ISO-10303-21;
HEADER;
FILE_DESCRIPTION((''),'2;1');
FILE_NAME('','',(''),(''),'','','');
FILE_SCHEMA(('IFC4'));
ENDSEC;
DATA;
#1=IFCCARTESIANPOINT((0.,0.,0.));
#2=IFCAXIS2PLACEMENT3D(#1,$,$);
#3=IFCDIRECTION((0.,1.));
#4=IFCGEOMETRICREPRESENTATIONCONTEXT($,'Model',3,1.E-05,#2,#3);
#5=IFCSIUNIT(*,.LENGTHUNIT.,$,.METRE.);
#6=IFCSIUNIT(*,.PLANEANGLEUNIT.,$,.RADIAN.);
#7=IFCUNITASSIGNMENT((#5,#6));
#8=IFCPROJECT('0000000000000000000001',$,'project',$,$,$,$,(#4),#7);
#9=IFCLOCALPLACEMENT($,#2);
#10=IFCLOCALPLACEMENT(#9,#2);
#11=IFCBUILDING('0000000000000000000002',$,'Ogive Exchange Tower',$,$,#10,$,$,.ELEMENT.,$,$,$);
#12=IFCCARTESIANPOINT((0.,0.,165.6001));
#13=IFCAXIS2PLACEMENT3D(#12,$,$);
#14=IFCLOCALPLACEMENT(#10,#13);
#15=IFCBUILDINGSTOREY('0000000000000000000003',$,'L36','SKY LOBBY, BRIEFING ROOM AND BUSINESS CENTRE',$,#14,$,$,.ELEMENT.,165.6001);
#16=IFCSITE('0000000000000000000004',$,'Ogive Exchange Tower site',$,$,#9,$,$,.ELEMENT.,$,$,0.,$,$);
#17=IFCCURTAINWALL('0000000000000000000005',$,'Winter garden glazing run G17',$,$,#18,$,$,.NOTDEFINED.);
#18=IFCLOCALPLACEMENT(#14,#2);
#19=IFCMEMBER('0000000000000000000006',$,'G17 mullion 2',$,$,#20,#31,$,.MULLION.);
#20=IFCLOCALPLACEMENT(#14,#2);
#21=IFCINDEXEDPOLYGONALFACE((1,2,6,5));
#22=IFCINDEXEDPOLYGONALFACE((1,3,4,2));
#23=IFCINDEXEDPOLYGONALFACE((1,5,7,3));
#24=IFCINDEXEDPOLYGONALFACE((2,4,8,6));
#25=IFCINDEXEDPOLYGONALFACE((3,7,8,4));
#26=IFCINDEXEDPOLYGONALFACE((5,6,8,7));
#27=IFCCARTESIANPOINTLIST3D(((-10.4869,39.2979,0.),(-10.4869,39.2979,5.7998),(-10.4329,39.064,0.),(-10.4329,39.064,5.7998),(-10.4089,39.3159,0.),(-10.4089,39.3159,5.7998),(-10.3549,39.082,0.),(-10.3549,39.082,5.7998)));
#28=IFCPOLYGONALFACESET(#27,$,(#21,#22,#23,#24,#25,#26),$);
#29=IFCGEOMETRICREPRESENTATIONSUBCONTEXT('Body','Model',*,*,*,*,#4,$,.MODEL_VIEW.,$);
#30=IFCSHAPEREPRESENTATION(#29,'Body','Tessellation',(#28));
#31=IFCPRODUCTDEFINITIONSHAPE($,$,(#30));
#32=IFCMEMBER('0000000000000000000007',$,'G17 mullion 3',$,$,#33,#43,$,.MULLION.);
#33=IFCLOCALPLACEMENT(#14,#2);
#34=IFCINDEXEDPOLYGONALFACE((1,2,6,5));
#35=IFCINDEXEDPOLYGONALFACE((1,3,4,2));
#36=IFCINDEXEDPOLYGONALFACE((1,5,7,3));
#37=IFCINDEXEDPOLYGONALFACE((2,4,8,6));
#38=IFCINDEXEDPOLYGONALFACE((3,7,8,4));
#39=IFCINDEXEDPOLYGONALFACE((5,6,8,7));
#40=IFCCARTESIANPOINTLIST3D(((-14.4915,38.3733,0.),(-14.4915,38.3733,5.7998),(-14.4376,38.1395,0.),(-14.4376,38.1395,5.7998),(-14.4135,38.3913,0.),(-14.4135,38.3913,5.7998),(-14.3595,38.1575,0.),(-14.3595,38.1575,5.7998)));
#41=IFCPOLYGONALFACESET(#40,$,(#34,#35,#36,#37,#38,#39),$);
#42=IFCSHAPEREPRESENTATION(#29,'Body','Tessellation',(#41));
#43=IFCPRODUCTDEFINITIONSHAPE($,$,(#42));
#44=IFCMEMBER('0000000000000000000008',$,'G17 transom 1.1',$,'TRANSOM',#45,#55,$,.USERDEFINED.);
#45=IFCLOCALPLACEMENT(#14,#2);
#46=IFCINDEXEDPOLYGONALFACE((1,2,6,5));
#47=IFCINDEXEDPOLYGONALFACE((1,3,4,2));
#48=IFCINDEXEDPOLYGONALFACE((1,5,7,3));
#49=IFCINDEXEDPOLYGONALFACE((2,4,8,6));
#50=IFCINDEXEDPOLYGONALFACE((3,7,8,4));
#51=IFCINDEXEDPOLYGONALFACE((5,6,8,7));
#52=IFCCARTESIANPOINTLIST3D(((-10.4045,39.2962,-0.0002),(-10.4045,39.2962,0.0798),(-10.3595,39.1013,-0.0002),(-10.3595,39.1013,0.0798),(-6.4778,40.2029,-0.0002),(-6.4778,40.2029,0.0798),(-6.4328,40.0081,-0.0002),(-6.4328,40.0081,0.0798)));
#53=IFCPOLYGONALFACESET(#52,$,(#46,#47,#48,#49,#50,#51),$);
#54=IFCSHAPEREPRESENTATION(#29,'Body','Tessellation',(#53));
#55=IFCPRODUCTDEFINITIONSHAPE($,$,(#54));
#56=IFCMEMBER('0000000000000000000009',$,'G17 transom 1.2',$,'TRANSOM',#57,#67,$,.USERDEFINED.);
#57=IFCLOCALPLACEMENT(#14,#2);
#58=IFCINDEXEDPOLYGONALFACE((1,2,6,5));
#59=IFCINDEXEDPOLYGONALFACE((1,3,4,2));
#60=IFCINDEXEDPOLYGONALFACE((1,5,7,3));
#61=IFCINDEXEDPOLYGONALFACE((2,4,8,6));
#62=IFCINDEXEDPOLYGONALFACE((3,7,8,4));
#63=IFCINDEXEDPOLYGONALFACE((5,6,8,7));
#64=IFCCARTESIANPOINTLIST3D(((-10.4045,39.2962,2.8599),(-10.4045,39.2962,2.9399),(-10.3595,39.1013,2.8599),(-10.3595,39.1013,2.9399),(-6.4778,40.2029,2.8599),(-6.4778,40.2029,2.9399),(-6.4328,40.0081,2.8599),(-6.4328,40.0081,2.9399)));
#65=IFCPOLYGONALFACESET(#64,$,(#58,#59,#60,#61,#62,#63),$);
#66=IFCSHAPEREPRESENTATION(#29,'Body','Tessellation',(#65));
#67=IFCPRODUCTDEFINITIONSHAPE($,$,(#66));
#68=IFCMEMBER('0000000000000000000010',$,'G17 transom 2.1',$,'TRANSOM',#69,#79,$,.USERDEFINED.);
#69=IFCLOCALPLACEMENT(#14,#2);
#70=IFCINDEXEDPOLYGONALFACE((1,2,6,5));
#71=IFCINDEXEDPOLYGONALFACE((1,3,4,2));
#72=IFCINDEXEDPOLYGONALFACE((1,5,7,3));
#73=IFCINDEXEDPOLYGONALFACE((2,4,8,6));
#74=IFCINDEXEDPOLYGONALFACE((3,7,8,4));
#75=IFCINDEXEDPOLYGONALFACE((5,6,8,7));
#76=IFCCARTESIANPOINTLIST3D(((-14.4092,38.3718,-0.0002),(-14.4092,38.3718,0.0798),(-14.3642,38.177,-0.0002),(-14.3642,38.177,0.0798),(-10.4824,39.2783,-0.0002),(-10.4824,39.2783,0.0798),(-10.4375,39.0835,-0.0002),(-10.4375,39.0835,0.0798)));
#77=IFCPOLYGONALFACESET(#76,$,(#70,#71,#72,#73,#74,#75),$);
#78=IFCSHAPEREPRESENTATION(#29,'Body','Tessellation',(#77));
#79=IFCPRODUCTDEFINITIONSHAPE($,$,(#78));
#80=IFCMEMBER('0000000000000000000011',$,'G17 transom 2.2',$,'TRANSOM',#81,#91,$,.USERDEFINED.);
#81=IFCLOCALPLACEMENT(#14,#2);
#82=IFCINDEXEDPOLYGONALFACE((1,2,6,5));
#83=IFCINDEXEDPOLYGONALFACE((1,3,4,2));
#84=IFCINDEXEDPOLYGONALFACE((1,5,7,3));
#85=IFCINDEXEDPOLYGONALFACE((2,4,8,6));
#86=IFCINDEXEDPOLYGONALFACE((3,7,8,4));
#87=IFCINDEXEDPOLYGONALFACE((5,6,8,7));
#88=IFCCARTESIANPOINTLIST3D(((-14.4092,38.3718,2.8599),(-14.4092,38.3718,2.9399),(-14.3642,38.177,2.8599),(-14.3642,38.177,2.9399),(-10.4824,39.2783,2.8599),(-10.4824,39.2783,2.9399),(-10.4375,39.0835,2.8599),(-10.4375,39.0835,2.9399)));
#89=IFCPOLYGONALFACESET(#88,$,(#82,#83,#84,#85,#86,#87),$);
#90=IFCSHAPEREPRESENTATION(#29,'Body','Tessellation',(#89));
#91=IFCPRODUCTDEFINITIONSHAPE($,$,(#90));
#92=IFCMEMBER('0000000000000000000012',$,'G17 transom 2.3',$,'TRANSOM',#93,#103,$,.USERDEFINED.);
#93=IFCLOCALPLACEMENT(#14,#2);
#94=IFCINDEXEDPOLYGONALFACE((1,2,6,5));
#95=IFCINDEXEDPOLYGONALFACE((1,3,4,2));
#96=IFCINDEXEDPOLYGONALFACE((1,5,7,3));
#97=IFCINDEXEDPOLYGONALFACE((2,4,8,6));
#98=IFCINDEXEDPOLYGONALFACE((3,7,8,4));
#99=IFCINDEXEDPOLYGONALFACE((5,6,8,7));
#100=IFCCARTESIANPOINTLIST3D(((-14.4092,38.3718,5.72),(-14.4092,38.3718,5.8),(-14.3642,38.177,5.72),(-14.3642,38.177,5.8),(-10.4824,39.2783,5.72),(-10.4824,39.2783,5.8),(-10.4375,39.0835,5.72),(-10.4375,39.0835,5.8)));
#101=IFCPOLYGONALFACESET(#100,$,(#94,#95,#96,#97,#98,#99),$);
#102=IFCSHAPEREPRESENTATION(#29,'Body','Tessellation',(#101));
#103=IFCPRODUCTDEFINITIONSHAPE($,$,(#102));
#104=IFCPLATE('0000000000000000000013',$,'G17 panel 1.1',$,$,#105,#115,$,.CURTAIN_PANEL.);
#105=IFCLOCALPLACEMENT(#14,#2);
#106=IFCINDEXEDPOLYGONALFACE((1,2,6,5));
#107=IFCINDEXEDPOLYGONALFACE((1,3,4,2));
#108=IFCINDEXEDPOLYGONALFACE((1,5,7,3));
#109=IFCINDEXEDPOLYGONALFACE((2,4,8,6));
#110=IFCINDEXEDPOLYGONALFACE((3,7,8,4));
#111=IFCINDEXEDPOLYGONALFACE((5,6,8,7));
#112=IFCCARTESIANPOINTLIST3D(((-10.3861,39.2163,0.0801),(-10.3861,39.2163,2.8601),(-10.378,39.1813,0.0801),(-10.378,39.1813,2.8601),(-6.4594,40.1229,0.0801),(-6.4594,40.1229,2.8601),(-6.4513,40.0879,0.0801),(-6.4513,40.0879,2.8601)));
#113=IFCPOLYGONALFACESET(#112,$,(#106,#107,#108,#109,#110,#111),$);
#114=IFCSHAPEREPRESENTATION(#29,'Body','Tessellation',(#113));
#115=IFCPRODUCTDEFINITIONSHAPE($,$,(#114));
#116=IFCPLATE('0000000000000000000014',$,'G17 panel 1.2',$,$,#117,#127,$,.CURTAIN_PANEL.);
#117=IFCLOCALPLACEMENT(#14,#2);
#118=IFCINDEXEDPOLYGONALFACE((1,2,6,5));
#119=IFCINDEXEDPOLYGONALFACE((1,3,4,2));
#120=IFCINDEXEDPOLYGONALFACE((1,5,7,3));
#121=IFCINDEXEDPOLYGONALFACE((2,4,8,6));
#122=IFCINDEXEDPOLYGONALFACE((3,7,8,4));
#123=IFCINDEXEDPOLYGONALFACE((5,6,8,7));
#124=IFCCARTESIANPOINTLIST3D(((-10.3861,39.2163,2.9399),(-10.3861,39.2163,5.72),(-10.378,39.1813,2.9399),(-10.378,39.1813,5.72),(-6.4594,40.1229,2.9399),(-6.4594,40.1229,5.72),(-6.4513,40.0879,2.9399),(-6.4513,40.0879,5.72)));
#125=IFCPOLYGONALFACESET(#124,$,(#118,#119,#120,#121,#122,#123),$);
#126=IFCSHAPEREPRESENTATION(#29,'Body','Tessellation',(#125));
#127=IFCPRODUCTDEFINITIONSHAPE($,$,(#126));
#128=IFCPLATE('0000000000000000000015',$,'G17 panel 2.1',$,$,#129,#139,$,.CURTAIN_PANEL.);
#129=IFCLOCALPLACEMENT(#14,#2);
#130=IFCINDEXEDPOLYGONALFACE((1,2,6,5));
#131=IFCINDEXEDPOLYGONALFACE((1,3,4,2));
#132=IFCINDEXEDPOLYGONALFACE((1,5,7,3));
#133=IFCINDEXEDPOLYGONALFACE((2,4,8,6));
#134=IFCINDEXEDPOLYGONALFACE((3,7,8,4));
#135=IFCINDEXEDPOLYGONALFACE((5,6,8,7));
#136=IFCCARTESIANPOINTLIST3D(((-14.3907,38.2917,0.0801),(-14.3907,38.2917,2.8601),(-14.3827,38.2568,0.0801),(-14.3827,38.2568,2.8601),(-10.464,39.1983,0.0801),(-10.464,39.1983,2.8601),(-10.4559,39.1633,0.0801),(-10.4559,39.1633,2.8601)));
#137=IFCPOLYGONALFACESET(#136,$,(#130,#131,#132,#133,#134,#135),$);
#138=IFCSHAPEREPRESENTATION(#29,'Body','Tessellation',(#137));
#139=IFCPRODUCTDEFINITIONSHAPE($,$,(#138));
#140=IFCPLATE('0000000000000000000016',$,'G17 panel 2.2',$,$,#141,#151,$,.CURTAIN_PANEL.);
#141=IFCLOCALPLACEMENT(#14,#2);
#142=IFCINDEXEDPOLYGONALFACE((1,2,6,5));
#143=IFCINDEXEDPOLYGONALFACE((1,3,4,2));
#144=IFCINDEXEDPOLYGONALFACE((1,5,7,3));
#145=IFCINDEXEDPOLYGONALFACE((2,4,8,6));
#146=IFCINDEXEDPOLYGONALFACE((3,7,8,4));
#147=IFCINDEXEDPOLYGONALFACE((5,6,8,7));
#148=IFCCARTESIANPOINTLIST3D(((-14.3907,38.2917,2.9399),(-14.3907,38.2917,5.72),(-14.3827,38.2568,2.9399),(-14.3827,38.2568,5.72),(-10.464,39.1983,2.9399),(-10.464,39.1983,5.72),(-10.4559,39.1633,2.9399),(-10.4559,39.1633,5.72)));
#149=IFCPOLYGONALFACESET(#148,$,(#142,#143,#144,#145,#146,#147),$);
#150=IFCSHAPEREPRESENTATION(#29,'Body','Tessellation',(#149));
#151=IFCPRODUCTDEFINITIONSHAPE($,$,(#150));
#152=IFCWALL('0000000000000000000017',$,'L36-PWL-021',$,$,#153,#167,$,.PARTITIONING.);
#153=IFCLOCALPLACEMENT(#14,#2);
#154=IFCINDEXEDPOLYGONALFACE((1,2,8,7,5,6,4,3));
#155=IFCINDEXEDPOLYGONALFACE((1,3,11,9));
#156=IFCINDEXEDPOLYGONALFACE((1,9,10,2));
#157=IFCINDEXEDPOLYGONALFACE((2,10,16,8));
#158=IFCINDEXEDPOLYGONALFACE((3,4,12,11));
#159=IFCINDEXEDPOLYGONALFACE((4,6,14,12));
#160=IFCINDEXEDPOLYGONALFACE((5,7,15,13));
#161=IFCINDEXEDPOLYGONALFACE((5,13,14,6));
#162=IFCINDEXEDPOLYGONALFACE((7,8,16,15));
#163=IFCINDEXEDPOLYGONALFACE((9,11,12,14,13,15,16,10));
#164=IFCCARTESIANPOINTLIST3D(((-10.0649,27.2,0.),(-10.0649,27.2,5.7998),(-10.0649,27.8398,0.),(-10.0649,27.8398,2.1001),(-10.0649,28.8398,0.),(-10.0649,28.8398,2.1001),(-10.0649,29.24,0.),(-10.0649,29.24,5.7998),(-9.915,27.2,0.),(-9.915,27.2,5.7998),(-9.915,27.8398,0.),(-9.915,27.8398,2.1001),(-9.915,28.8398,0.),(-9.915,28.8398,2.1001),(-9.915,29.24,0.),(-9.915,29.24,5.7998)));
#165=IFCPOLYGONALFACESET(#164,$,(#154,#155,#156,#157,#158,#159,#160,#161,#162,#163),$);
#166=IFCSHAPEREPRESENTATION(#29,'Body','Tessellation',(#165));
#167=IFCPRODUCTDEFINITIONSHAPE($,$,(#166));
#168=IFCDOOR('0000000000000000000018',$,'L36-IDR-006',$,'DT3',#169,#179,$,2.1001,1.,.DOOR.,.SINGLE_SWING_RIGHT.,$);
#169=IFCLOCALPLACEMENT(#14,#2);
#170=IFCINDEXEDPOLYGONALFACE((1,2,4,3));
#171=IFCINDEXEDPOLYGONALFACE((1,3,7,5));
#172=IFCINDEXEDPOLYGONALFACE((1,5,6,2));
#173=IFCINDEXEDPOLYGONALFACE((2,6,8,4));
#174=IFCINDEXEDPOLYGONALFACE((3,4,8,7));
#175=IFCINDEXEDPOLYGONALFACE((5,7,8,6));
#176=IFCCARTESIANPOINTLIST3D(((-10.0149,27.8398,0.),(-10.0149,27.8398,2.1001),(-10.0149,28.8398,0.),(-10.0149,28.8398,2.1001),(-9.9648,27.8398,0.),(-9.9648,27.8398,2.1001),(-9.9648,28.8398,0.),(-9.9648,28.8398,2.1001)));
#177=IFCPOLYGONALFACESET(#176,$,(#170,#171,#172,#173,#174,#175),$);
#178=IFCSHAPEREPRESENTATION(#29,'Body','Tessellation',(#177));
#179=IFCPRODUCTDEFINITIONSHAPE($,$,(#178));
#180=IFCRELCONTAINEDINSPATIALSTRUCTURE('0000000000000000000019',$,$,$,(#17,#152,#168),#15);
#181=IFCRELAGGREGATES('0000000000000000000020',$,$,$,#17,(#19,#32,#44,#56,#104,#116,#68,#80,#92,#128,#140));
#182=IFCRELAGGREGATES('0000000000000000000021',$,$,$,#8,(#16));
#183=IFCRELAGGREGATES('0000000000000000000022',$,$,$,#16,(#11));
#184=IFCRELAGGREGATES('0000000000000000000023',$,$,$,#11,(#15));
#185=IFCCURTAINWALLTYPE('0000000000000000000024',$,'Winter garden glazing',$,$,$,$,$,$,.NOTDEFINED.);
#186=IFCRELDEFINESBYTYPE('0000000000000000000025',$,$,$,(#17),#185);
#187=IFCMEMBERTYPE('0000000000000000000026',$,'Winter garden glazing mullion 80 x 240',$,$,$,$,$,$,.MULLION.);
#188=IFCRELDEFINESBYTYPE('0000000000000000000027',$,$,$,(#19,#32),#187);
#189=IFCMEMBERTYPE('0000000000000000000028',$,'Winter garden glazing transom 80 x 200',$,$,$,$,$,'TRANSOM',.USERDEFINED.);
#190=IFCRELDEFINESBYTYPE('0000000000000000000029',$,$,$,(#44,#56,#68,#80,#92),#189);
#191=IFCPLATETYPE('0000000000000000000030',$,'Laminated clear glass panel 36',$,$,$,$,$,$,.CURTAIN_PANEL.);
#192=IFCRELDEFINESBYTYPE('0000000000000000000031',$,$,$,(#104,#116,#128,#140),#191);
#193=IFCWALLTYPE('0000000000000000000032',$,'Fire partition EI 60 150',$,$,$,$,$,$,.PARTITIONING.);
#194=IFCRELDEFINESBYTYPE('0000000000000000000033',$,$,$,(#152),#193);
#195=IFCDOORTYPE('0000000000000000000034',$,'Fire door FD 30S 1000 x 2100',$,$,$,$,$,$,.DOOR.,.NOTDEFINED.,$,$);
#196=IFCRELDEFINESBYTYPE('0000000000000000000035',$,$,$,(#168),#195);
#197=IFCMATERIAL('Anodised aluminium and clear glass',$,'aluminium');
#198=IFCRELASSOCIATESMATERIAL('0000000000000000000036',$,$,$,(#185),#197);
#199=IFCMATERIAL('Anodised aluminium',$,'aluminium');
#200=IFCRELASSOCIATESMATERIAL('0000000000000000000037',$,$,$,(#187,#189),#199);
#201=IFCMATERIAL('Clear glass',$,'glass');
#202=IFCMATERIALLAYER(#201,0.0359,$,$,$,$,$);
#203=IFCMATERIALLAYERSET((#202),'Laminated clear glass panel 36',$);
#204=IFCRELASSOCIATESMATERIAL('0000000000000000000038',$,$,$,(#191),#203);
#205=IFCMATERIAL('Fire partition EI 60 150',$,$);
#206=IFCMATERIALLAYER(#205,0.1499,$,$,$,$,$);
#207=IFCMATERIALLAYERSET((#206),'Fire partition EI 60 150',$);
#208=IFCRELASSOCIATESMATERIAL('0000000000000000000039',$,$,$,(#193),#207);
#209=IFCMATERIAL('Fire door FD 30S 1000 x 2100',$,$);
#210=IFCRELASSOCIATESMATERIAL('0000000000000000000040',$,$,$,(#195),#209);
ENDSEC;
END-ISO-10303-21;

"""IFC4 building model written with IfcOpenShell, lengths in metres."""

from ifc_helpers import new_model, si_unit, direction, frame, frame_2d, origin, origin_2d, place, context, subcontext, project, spatial, rectangle, extrude, material, layer, layer_set, material_profile, profile_set, type_object, element, fill, aggregate, save


model = new_model("IFC4")

# Units and contexts
model_context = context("Model", 3, precision=1e-05, world=origin(), true_north=direction((0.0, 1.0)))
body_context = subcontext(model_context, "Body", "Model", "MODEL_VIEW")
ifc_project = project(units=[si_unit("LENGTHUNIT", "METRE"), si_unit("PLANEANGLEUNIT", "RADIAN")], contexts=[model_context])

# Site, building, storey
site_placement = place(None, origin())
site = spatial("IfcSite", under=ifc_project, at=site_placement, Name="Ogive Exchange Tower site", CompositionType="ELEMENT", RefElevation=0.0)
building_placement = place(site_placement, origin())
building = spatial("IfcBuilding", under=site, at=building_placement, Name="Ogive Exchange Tower", CompositionType="ELEMENT")
storey_placement = place(building_placement, frame((0.0, 0.0, 165.6001)))
storey = spatial("IfcBuildingStorey", under=building, at=storey_placement, Name="L36", Description="SKY LOBBY, BRIEFING ROOM AND BUSINESS CENTRE", CompositionType="ELEMENT", Elevation=165.6001)

# Curtain wall, members, plates
ifc_material_1 = material(Name="Anodised aluminium and clear glass", Category="aluminium")
curtain_wall_type = type_object("IfcCurtainWallType", Name="Winter garden glazing", PredefinedType="NOTDEFINED", material=ifc_material_1)
curtain_wall_placement = place(storey_placement, origin())
curtain_wall = element("IfcCurtainWall", 1, at=curtain_wall_placement, inside=storey, type_object=curtain_wall_type, Name="Winter garden glazing run G17", PredefinedType="NOTDEFINED")
ifc_material_2 = material(Name="Anodised aluminium", Category="aluminium")
ifc_material_profile_1 = material_profile(ifc_material_2, rectangle(XDim=0.24, YDim=0.0801, at=origin_2d()), Name="AL 80x240")
ifc_profile_set_1 = profile_set([ifc_material_profile_1], Name="Anodised aluminium")
member_type_1 = type_object("IfcMemberType", Name="Winter garden glazing mullion 80 x 240", PredefinedType="MULLION", material=ifc_profile_set_1)
member_1_placement = place(storey_placement, frame((-10.4209, 39.1899, 0.0), z_axis=(0.0, 0.0, 1.0), x_axis=(0.224954, -0.974369, 0.0)))
member_1 = element("IfcMember", 2, at=member_1_placement, type_object=member_type_1, Name="G17 mullion 2", PredefinedType="MULLION", context=body_context, shape_type="SweptSolid", body=[
    extrude(rectangle(XDim=0.24, YDim=0.0801, at=origin_2d()), origin(), (0.0, 0.0, 1.0), 5.7998),
])
member_2_placement = place(storey_placement, frame((-14.4255, 38.2654, 0.0), z_axis=(0.0, 0.0, 1.0), x_axis=(0.224954, -0.974369, 0.0)))
member_2 = element("IfcMember", 3, at=member_2_placement, type_object=member_type_1, Name="G17 mullion 3", PredefinedType="MULLION", context=body_context, shape_type="SweptSolid", body=[
    extrude(rectangle(XDim=0.24, YDim=0.0801, at=origin_2d()), origin(), (0.0, 0.0, 1.0), 5.7998),
])
ifc_material_profile_2 = material_profile(ifc_material_2, rectangle(XDim=0.2, YDim=0.0801, at=origin_2d()), Name="AL 80x200")
ifc_profile_set_2 = profile_set([ifc_material_profile_2], Name="Anodised aluminium")
member_type_2 = type_object("IfcMemberType", Name="Winter garden glazing transom 80 x 200", ElementType="TRANSOM", PredefinedType="USERDEFINED", material=ifc_profile_set_2)
member_3_placement = place(storey_placement, frame((-6.4553, 40.1055, 0.0398), z_axis=(-0.974361, -0.224992, 0.0), x_axis=(0.224992, -0.974361, 0.0)))
member_3 = element("IfcMember", 4, at=member_3_placement, type_object=member_type_2, Name="G17 transom 1.1", ObjectType="TRANSOM", PredefinedType="USERDEFINED", context=body_context, shape_type="SweptSolid", body=[
    extrude(rectangle(XDim=0.2, YDim=0.0801, at=origin_2d()), origin(), (0.0, 0.0, 1.0), 4.03),
])
member_4_placement = place(storey_placement, frame((-6.4553, 40.1055, 2.8999), z_axis=(-0.974361, -0.224992, 0.0), x_axis=(0.224992, -0.974361, 0.0)))
member_4 = element("IfcMember", 5, at=member_4_placement, type_object=member_type_2, Name="G17 transom 1.2", ObjectType="TRANSOM", PredefinedType="USERDEFINED", context=body_context, shape_type="SweptSolid", body=[
    extrude(rectangle(XDim=0.2, YDim=0.0801, at=origin_2d()), origin(), (0.0, 0.0, 1.0), 4.03),
])
member_5_placement = place(storey_placement, frame((-10.46, 39.1809, 0.0398), z_axis=(-0.974374, -0.224935, 0.0), x_axis=(0.224935, -0.974374, 0.0)))
member_5 = element("IfcMember", 6, at=member_5_placement, type_object=member_type_2, Name="G17 transom 2.1", ObjectType="TRANSOM", PredefinedType="USERDEFINED", context=body_context, shape_type="SweptSolid", body=[
    extrude(rectangle(XDim=0.2, YDim=0.0801, at=origin_2d()), origin(), (0.0, 0.0, 1.0), 4.03),
])
member_6_placement = place(storey_placement, frame((-10.46, 39.1809, 2.8999), z_axis=(-0.974374, -0.224935, 0.0), x_axis=(0.224935, -0.974374, 0.0)))
member_6 = element("IfcMember", 7, at=member_6_placement, type_object=member_type_2, Name="G17 transom 2.2", ObjectType="TRANSOM", PredefinedType="USERDEFINED", context=body_context, shape_type="SweptSolid", body=[
    extrude(rectangle(XDim=0.2, YDim=0.0801, at=origin_2d()), origin(), (0.0, 0.0, 1.0), 4.03),
])
member_7_placement = place(storey_placement, frame((-10.46, 39.1809, 5.76), z_axis=(-0.974374, -0.224935, 0.0), x_axis=(0.224935, -0.974374, 0.0)))
member_7 = element("IfcMember", 8, at=member_7_placement, type_object=member_type_2, Name="G17 transom 2.3", ObjectType="TRANSOM", PredefinedType="USERDEFINED", context=body_context, shape_type="SweptSolid", body=[
    extrude(rectangle(XDim=0.2, YDim=0.0801, at=origin_2d()), origin(), (0.0, 0.0, 1.0), 4.03),
])
ifc_material_3 = material(Name="Clear glass", Category="glass")
ifc_layer_1 = layer(ifc_material_3, 0.0359)
ifc_layer_set_1 = layer_set([ifc_layer_1], Name="Laminated clear glass panel 36")
plate_type = type_object("IfcPlateType", Name="Laminated clear glass panel 36", PredefinedType="CURTAIN_PANEL", material=ifc_layer_set_1)
plate_1_placement = place(storey_placement, frame((-8.4187, 39.6521, 0.0801), z_axis=(0.0, 0.0, 1.0), x_axis=(-0.974369, -0.224954, 0.0)))
plate_1 = element("IfcPlate", 9, at=plate_1_placement, type_object=plate_type, Name="G17 panel 1.1", PredefinedType="CURTAIN_PANEL", context=body_context, shape_type="SweptSolid", body=[
    extrude(rectangle(XDim=4.03, YDim=0.0359, at=origin_2d()), origin(), (0.0, 0.0, 1.0), 2.78),
])
plate_2_placement = place(storey_placement, frame((-8.4187, 39.6521, 2.9399), z_axis=(0.0, 0.0, 1.0), x_axis=(-0.974369, -0.224954, 0.0)))
plate_2 = element("IfcPlate", 10, at=plate_2_placement, type_object=plate_type, Name="G17 panel 1.2", PredefinedType="CURTAIN_PANEL", context=body_context, shape_type="SweptSolid", body=[
    extrude(rectangle(XDim=4.03, YDim=0.0359, at=origin_2d()), origin(), (0.0, 0.0, 1.0), 2.78),
])
plate_3_placement = place(storey_placement, frame((-12.4233, 38.7275, 0.0801), z_axis=(0.0, 0.0, 1.0), x_axis=(-0.974369, -0.224954, 0.0)))
plate_3 = element("IfcPlate", 11, at=plate_3_placement, type_object=plate_type, Name="G17 panel 2.1", PredefinedType="CURTAIN_PANEL", context=body_context, shape_type="SweptSolid", body=[
    extrude(rectangle(XDim=4.03, YDim=0.0359, at=origin_2d()), origin(), (0.0, 0.0, 1.0), 2.78),
])
plate_4_placement = place(storey_placement, frame((-12.4233, 38.7275, 2.9399), z_axis=(0.0, 0.0, 1.0), x_axis=(-0.974369, -0.224954, 0.0)))
plate_4 = element("IfcPlate", 12, at=plate_4_placement, type_object=plate_type, Name="G17 panel 2.2", PredefinedType="CURTAIN_PANEL", context=body_context, shape_type="SweptSolid", body=[
    extrude(rectangle(XDim=4.03, YDim=0.0359, at=origin_2d()), origin(), (0.0, 0.0, 1.0), 2.78),
])
aggregate(curtain_wall, [member_1, member_2, member_3, member_4, plate_1, plate_2, member_5, member_6, member_7, plate_3, plate_4])

# Wall, opening, door
ifc_material_4 = material(Name="Fire partition EI 60 150")
ifc_layer_2 = layer(ifc_material_4, 0.1499)
ifc_layer_set_2 = layer_set([ifc_layer_2], Name="Fire partition EI 60 150")
wall_type_1 = type_object("IfcWallType", Name="Fire partition EI 60 150", PredefinedType="PARTITIONING", material=ifc_layer_set_2)
wall_1_placement = place(storey_placement, frame((-9.99, 27.2, 0.0), z_axis=(0.0, 0.0, 1.0), x_axis=(0.0, 1.0, 0.0)))
wall_1 = element("IfcWall", 13, at=wall_1_placement, inside=storey, type_object=wall_type_1, Name="L36-PWL-021", PredefinedType="PARTITIONING", context=body_context, shape_type="SweptSolid", body=[
    extrude(rectangle(XDim=2.04, YDim=0.1499, at=frame_2d((1.02, 0.0))), origin(), (0.0, 0.0, 1.0), 5.7998),
])
opening_1_placement = place(wall_1_placement, frame((0.6399, 0.0, 0.0)))
opening_1 = element("IfcOpeningElement", 14, at=opening_1_placement, cuts=wall_1, PredefinedType="OPENING", context=body_context, shape_type="SweptSolid", body=[
    extrude(rectangle(XDim=1.0, YDim=2.1001, at=frame_2d((0.5, 1.05))), frame((0.0, 0.085, 0.0), z_axis=(0.0, -1.0, 0.0), x_axis=(1.0, 0.0, 0.0)), (0.0, 0.0, 1.0), 0.1699),
])
ifc_material_5 = material(Name="Fire door FD 30S 1000 x 2100")
door_type_1 = type_object("IfcDoorType", Name="Fire door FD 30S 1000 x 2100", OperationType="NOTDEFINED", PredefinedType="DOOR", material=ifc_material_5)
door_1_placement = place(opening_1_placement, origin())
door_1 = element("IfcDoor", 15, at=door_1_placement, inside=storey, type_object=door_type_1, Name="L36-IDR-006", ObjectType="DT3", OperationType="SINGLE_SWING_RIGHT", OverallHeight=2.1001, OverallWidth=1.0, PredefinedType="DOOR", context=body_context, shape_type="SweptSolid", body=[
    extrude(rectangle(XDim=1.0, YDim=2.1001, at=frame_2d((0.5, 1.05))), frame((0.0, 0.0249, 0.0), z_axis=(0.0, -1.0, 0.0), x_axis=(1.0, 0.0, 0.0)), (0.0, 0.0, 1.0), 0.05),
])
fill(opening_1, door_1)

save(model, "model.ifc")
